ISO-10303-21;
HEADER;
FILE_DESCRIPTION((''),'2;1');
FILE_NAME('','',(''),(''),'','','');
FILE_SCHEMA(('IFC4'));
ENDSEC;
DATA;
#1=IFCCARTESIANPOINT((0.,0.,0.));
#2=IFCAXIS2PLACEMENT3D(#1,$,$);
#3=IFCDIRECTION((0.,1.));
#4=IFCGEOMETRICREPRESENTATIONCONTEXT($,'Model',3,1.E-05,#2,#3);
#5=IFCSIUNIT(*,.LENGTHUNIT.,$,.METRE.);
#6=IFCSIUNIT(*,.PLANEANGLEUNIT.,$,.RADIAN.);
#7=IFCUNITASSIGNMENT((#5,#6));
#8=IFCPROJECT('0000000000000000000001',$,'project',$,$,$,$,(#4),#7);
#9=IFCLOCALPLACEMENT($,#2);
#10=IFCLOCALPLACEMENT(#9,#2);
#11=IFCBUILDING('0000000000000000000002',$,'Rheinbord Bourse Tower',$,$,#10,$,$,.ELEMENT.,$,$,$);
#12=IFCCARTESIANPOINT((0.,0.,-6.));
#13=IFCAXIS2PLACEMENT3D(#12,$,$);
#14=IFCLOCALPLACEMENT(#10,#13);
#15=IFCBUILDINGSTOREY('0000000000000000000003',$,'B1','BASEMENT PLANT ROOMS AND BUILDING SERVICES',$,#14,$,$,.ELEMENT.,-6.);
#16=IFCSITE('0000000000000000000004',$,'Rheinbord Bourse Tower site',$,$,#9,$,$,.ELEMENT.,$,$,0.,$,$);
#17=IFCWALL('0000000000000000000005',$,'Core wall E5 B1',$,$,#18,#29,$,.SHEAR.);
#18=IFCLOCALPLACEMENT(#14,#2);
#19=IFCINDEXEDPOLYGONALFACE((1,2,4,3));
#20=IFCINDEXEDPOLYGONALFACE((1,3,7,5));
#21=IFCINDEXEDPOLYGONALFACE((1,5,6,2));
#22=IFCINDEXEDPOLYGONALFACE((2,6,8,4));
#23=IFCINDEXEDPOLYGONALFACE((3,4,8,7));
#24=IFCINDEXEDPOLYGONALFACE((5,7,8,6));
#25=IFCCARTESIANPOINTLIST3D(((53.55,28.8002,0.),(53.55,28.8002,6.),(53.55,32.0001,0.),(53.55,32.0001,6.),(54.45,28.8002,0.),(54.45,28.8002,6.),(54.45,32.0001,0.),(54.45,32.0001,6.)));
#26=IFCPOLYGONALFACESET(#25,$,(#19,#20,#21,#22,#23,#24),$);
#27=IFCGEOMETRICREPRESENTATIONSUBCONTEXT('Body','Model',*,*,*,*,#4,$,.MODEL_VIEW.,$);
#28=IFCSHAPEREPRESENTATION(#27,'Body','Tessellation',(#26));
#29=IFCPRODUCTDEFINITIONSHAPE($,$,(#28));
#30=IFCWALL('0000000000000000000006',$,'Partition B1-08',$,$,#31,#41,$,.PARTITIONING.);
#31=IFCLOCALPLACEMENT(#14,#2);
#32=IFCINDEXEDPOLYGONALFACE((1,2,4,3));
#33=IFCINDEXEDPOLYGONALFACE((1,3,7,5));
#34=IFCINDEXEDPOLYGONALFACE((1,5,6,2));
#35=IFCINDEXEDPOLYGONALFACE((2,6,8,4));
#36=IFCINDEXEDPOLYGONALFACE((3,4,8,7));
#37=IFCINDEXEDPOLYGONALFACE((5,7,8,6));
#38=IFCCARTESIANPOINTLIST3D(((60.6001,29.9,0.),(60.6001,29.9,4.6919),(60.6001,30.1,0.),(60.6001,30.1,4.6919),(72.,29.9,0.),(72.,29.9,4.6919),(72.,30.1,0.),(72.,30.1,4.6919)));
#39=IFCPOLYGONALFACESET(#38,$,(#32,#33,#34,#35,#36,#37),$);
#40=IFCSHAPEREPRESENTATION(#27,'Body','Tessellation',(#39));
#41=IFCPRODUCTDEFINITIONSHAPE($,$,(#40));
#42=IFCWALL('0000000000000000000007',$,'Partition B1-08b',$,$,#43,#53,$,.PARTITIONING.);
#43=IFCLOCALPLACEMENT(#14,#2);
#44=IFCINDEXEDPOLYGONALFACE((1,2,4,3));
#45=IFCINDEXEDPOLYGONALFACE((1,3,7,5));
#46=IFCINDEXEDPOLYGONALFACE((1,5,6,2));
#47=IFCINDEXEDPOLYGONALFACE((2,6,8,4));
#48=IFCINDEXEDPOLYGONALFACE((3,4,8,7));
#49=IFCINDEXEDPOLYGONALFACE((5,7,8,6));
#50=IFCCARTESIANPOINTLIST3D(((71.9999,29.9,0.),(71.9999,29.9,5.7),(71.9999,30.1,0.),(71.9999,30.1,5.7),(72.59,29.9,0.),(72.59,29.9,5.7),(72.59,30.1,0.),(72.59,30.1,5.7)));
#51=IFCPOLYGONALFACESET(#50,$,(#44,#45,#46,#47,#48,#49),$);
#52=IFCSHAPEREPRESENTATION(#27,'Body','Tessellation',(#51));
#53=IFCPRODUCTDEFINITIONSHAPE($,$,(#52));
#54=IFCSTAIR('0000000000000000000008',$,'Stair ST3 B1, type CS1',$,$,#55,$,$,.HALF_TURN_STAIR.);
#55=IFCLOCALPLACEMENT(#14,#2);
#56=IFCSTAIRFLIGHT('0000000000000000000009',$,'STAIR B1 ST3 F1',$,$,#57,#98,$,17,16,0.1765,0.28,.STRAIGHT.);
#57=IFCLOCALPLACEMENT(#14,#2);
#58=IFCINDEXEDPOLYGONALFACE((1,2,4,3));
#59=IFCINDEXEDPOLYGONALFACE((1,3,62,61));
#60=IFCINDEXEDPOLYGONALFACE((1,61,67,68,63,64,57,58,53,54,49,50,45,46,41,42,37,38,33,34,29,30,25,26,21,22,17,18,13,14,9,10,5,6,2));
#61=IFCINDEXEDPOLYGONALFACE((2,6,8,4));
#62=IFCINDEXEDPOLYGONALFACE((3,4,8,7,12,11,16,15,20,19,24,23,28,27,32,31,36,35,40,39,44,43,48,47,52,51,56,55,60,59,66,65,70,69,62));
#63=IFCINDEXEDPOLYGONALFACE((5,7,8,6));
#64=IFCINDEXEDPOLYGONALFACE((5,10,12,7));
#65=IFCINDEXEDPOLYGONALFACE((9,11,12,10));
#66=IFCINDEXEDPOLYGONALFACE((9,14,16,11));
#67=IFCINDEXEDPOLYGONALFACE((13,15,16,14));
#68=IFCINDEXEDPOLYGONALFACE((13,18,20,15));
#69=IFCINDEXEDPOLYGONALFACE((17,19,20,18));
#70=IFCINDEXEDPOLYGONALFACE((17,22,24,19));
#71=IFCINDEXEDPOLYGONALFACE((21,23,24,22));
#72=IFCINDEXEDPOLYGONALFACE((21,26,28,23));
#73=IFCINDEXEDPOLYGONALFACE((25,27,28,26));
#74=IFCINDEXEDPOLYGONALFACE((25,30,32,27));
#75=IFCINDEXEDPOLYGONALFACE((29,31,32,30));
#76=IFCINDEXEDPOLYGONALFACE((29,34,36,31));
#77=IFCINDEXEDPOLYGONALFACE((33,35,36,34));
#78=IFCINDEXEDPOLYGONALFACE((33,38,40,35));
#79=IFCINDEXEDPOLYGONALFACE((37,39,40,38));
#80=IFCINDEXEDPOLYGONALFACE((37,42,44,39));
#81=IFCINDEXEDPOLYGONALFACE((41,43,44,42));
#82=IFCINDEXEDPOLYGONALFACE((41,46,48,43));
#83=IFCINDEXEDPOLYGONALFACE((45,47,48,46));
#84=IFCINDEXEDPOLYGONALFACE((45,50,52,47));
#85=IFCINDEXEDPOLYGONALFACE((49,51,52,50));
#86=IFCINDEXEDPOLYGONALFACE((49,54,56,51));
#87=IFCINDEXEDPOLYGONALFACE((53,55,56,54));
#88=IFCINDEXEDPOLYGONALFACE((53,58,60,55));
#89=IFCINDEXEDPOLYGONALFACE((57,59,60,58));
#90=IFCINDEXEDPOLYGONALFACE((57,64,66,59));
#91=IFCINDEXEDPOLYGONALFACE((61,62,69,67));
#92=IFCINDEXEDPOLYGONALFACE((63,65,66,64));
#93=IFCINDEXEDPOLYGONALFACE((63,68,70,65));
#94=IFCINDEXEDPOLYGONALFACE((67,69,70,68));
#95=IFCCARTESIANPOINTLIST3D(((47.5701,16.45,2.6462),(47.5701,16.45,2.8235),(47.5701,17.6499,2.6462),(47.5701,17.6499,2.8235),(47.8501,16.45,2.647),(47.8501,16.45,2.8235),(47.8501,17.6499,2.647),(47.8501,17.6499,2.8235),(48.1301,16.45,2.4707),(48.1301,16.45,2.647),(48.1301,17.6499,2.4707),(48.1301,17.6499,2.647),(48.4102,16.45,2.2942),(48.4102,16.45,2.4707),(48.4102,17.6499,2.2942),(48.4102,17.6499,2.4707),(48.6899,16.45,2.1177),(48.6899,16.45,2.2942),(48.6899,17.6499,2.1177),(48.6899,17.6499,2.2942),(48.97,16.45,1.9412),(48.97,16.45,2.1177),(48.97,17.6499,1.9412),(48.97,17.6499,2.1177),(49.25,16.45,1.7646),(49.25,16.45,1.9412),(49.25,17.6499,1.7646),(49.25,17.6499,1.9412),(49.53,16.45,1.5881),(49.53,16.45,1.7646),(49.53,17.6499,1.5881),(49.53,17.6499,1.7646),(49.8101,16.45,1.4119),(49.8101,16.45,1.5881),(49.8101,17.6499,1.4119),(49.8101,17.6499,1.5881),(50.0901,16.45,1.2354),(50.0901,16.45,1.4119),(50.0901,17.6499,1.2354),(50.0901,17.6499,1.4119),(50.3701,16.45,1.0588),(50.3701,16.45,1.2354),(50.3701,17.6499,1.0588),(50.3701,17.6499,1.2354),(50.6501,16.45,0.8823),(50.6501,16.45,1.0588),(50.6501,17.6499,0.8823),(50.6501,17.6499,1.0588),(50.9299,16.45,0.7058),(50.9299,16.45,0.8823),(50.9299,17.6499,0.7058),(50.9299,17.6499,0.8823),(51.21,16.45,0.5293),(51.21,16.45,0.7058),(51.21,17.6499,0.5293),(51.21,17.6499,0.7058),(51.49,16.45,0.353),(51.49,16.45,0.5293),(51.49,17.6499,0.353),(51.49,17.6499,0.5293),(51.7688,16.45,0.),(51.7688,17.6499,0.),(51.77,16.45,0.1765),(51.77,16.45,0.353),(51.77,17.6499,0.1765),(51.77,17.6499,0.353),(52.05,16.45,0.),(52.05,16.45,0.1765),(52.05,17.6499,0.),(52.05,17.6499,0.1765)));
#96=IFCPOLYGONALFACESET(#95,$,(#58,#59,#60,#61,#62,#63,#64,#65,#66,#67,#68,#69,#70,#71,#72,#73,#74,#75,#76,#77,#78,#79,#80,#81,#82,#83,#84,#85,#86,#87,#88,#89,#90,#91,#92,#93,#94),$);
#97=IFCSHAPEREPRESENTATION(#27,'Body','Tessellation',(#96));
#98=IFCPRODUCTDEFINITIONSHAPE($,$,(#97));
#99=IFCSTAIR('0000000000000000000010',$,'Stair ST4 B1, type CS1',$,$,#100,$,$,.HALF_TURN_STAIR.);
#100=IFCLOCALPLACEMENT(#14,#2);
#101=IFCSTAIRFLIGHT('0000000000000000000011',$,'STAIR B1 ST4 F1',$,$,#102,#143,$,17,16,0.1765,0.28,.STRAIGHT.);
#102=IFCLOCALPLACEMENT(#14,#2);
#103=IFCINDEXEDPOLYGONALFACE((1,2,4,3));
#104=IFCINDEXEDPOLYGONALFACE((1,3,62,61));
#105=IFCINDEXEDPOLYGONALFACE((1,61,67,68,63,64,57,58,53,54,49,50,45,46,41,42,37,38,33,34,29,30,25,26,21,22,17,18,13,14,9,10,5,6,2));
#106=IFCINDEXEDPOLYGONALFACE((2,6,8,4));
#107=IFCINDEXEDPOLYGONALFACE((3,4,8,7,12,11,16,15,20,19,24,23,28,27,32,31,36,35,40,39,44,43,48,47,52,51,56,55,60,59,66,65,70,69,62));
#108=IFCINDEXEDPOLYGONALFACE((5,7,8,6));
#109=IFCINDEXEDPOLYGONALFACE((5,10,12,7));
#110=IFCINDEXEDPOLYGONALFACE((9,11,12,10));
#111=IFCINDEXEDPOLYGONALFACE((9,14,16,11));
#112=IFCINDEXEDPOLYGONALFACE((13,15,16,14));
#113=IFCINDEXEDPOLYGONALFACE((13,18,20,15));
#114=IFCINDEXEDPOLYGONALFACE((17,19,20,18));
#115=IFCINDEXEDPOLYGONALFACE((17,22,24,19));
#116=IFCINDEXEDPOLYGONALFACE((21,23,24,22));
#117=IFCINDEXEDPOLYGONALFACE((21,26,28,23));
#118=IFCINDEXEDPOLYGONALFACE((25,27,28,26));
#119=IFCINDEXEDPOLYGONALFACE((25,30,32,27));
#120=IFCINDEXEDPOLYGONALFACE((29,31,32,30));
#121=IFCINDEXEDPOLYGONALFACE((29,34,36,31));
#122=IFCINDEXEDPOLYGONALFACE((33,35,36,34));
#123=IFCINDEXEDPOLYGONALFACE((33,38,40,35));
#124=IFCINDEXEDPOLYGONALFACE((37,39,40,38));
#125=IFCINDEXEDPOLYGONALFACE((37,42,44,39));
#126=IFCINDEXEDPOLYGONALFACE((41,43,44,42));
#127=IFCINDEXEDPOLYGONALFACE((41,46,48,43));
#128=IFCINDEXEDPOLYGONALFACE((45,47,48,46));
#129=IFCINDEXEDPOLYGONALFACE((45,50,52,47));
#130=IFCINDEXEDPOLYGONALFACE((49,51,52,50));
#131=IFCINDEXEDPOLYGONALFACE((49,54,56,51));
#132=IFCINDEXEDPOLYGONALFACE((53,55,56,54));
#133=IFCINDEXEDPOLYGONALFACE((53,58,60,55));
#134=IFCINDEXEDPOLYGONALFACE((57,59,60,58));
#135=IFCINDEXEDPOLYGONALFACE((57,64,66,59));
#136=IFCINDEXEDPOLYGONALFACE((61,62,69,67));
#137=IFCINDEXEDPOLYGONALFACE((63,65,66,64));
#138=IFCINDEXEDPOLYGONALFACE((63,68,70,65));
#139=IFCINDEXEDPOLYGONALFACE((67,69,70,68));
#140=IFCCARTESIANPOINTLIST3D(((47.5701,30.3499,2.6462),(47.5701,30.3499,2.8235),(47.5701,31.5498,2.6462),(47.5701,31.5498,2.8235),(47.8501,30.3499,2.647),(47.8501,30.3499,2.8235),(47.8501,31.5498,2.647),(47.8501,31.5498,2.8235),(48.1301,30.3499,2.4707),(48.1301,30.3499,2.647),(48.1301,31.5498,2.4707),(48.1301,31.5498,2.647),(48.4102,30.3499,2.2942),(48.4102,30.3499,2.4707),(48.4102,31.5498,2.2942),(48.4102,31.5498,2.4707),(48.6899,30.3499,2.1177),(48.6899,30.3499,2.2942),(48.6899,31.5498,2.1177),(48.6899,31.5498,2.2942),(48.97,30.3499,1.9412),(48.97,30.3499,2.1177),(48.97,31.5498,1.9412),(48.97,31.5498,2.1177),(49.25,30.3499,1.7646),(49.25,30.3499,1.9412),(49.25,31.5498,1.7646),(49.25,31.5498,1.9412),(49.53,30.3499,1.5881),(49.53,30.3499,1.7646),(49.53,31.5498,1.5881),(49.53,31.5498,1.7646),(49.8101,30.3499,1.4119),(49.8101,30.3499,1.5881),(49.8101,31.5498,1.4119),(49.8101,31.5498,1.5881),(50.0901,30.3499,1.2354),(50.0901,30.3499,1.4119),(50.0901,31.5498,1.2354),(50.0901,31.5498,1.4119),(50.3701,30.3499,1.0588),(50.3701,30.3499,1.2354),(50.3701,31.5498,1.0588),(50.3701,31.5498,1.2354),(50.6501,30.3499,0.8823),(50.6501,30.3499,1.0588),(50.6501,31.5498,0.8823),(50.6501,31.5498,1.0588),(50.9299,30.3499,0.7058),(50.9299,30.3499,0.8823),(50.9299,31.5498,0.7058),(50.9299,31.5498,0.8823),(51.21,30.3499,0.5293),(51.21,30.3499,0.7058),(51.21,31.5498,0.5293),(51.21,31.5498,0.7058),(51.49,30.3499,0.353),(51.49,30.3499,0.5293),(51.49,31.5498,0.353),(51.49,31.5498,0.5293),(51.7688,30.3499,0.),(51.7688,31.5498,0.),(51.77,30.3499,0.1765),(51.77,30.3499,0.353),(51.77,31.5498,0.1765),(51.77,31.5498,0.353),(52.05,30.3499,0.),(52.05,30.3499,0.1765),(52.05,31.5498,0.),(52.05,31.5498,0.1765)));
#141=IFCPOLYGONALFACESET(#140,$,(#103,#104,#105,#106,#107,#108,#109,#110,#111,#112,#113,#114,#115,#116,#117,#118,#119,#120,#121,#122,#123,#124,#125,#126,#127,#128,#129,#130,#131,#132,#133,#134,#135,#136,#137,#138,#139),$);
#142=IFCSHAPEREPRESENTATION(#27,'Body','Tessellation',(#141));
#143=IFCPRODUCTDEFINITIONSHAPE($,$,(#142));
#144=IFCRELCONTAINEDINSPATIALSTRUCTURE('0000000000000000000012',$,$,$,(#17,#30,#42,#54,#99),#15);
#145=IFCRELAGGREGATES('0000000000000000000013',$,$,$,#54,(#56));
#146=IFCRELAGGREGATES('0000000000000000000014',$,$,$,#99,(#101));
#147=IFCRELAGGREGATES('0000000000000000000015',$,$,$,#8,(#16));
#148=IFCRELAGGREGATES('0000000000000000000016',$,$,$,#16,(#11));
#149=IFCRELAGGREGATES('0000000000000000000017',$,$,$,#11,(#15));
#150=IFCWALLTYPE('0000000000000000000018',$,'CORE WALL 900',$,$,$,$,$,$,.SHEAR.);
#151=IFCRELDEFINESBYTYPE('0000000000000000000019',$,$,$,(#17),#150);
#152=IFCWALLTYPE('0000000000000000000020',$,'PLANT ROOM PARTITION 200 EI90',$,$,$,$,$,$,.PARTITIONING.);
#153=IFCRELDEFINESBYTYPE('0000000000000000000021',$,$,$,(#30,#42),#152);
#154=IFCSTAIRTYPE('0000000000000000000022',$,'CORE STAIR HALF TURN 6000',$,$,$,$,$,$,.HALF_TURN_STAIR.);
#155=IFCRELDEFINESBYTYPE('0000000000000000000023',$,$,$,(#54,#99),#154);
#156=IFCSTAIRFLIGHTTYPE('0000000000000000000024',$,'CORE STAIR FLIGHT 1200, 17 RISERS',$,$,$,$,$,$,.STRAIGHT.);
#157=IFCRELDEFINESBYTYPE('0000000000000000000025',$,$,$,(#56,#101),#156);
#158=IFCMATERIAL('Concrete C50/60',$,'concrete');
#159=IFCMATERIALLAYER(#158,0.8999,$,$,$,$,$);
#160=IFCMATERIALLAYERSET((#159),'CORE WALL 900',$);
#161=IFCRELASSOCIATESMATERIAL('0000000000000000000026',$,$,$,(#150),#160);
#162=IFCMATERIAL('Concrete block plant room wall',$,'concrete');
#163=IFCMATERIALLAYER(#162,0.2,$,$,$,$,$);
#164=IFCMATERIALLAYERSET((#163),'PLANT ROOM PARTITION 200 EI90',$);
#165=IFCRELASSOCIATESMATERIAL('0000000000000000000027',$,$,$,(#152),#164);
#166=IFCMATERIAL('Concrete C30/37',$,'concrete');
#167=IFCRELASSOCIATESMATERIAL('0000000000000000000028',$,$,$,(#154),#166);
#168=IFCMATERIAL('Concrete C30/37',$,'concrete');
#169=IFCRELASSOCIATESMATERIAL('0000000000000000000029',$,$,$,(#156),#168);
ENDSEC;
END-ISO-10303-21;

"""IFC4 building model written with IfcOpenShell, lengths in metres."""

from ifc_helpers import new_model, si_unit, direction, frame, frame_2d, origin, place, context, subcontext, project, spatial, polyline, rectangle, outline, extrude, material, layer, layer_set, type_object, element, aggregate, save


model = new_model("IFC4")

# Units and contexts
model_context = context("Model", 3, precision=1e-05, world=origin(), true_north=direction((0.0, 1.0)))
body_context = subcontext(model_context, "Body", "Model", "MODEL_VIEW")
ifc_project = project(units=[si_unit("LENGTHUNIT", "METRE"), si_unit("PLANEANGLEUNIT", "RADIAN")], contexts=[model_context])

# Site, building, storey
site_placement = place(None, origin())
site = spatial("IfcSite", under=ifc_project, at=site_placement, Name="Rheinbord Bourse Tower site", CompositionType="ELEMENT", RefElevation=0.0)
building_placement = place(site_placement, origin())
building = spatial("IfcBuilding", under=site, at=building_placement, Name="Rheinbord Bourse Tower", CompositionType="ELEMENT")
storey_placement = place(building_placement, frame((0.0, 0.0, -6.0)))
storey = spatial("IfcBuildingStorey", under=building, at=storey_placement, Name="B1", Description="BASEMENT PLANT ROOMS AND BUILDING SERVICES", CompositionType="ELEMENT", Elevation=-6.0)

# Shared definitions
ifc_material_1 = material(Name="Concrete C50/60", Category="concrete")
ifc_layer_1 = layer(ifc_material_1, 0.8999)
ifc_layer_set_1 = layer_set([ifc_layer_1], Name="CORE WALL 900")
wall_type_1 = type_object("IfcWallType", Name="CORE WALL 900", PredefinedType="SHEAR", material=ifc_layer_set_1)

# Walls
wall_1_placement = place(storey_placement, frame((54.0, 28.8, 0.0), z_axis=(0.0, 0.0, 1.0), x_axis=(0.0, 1.0, 0.0)))
element("IfcWall", 1, at=wall_1_placement, inside=storey, type_object=wall_type_1, Name="Core wall E5 B1", PredefinedType="SHEAR", context=body_context, shape_type="SweptSolid", body=[
    extrude(rectangle(XDim=3.2, YDim=0.8999, at=frame_2d((1.6001, 0.0))), origin(), (0.0, 0.0, 1.0), 6.0),
])
ifc_material_2 = material(Name="Concrete block plant room wall", Category="concrete")
ifc_layer_2 = layer(ifc_material_2, 0.2)
ifc_layer_set_2 = layer_set([ifc_layer_2], Name="PLANT ROOM PARTITION 200 EI90")
wall_type_2 = type_object("IfcWallType", Name="PLANT ROOM PARTITION 200 EI90", PredefinedType="PARTITIONING", material=ifc_layer_set_2)
wall_2_placement = place(storey_placement, frame((60.6001, 30.0, 0.0), z_axis=(0.0, 0.0, 1.0), x_axis=(1.0, 0.0, 0.0)))
element("IfcWall", 2, at=wall_2_placement, inside=storey, type_object=wall_type_2, Name="Partition B1-08", PredefinedType="PARTITIONING", context=body_context, shape_type="SweptSolid", body=[
    extrude(rectangle(XDim=11.3999, YDim=0.2, at=frame_2d((5.7, 0.0))), origin(), (0.0, 0.0, 1.0), 4.6919),
])
wall_3_placement = place(storey_placement, frame((72.0, 30.0, 0.0), z_axis=(0.0, 0.0, 1.0), x_axis=(1.0, 0.0, 0.0)))
element("IfcWall", 3, at=wall_3_placement, inside=storey, type_object=wall_type_2, Name="Partition B1-08b", PredefinedType="PARTITIONING", context=body_context, shape_type="SweptSolid", body=[
    extrude(rectangle(XDim=0.5901, YDim=0.2, at=frame_2d((0.2949, 0.0))), origin(), (0.0, 0.0, 1.0), 5.7),
])

# Stairs, stair flights
ifc_material_3 = material(Name="Concrete C30/37", Category="concrete")
stair_type = type_object("IfcStairType", Name="CORE STAIR HALF TURN 6000", PredefinedType="HALF_TURN_STAIR", material=ifc_material_3)
stair_1_placement = place(storey_placement, origin())
stair_1 = element("IfcStair", 4, at=stair_1_placement, inside=storey, type_object=stair_type, Name="Stair ST3 B1, type CS1", PredefinedType="HALF_TURN_STAIR")
ifc_material_4 = material(Name="Concrete C30/37", Category="concrete")
stair_flight_type = type_object("IfcStairFlightType", Name="CORE STAIR FLIGHT 1200, 17 RISERS", PredefinedType="STRAIGHT", material=ifc_material_4)
stair_flight_1_placement = place(storey_placement, frame((52.05, 17.05, 0.0), z_axis=(0.0, 0.0, 1.0), x_axis=(-1.0, 0.0, 0.0)))
stair_flight_1 = element("IfcStairFlight", 5, at=stair_flight_1_placement, type_object=stair_flight_type, Name="STAIR B1 ST3 F1", NumberOfRisers=17, NumberOfTreads=16, PredefinedType="STRAIGHT", RiserHeight=0.1765, TreadLength=0.28, context=body_context, shape_type="SweptSolid", body=[
    extrude(outline(polyline([(0.0, 0.0), (0.0, 0.1765), (0.28, 0.1765), (0.28, 0.353), (0.5601, 0.353), (0.5601, 0.5293), (0.8401, 0.5293), (0.8401, 0.7058), (1.1201, 0.7058), (1.1201, 0.8823), (1.3999, 0.8823), (1.3999, 1.0588), (1.6799, 1.0588), (1.6799, 1.2354), (1.96, 1.2354), (1.96, 1.4119), (2.24, 1.4119), (2.24, 1.5881), (2.52, 1.5881), (2.52, 1.7646), (2.8, 1.7646), (2.8, 1.9412), (3.0801, 1.9412), (3.0801, 2.1177), (3.3601, 2.1177), (3.3601, 2.2942), (3.6399, 2.2942), (3.6399, 2.4707), (3.9199, 2.4707), (3.9199, 2.647), (4.2, 2.647), (4.2, 2.8235), (4.48, 2.8235), (4.48, 3.0), (4.48, 2.6462), (0.2812, 0.0), (0.0, 0.0)])), frame((0.0, 0.6001, 0.0), z_axis=(0.0, -1.0, 0.0), x_axis=(1.0, 0.0, 0.0)), (0.0, 0.0, 1.0), 1.2),
])
aggregate(stair_1, [stair_flight_1])
stair_2_placement = place(storey_placement, origin())
stair_2 = element("IfcStair", 6, at=stair_2_placement, inside=storey, type_object=stair_type, Name="Stair ST4 B1, type CS1", PredefinedType="HALF_TURN_STAIR")
stair_flight_2_placement = place(storey_placement, frame((52.05, 30.95, 0.0), z_axis=(0.0, 0.0, 1.0), x_axis=(-1.0, 0.0, 0.0)))
stair_flight_2 = element("IfcStairFlight", 7, at=stair_flight_2_placement, type_object=stair_flight_type, Name="STAIR B1 ST4 F1", NumberOfRisers=17, NumberOfTreads=16, PredefinedType="STRAIGHT", RiserHeight=0.1765, TreadLength=0.28, context=body_context, shape_type="SweptSolid", body=[
    extrude(outline(polyline([(0.0, 0.0), (0.0, 0.1765), (0.28, 0.1765), (0.28, 0.353), (0.5601, 0.353), (0.5601, 0.5293), (0.8401, 0.5293), (0.8401, 0.7058), (1.1201, 0.7058), (1.1201, 0.8823), (1.3999, 0.8823), (1.3999, 1.0588), (1.6799, 1.0588), (1.6799, 1.2354), (1.96, 1.2354), (1.96, 1.4119), (2.24, 1.4119), (2.24, 1.5881), (2.52, 1.5881), (2.52, 1.7646), (2.8, 1.7646), (2.8, 1.9412), (3.0801, 1.9412), (3.0801, 2.1177), (3.3601, 2.1177), (3.3601, 2.2942), (3.6399, 2.2942), (3.6399, 2.4707), (3.9199, 2.4707), (3.9199, 2.647), (4.2, 2.647), (4.2, 2.8235), (4.48, 2.8235), (4.48, 3.0), (4.48, 2.6462), (0.2812, 0.0), (0.0, 0.0)])), frame((0.0, 0.6001, 0.0), z_axis=(0.0, -1.0, 0.0), x_axis=(1.0, 0.0, 0.0)), (0.0, 0.0, 1.0), 1.2),
])
aggregate(stair_2, [stair_flight_2])

save(model, "model.ifc")
